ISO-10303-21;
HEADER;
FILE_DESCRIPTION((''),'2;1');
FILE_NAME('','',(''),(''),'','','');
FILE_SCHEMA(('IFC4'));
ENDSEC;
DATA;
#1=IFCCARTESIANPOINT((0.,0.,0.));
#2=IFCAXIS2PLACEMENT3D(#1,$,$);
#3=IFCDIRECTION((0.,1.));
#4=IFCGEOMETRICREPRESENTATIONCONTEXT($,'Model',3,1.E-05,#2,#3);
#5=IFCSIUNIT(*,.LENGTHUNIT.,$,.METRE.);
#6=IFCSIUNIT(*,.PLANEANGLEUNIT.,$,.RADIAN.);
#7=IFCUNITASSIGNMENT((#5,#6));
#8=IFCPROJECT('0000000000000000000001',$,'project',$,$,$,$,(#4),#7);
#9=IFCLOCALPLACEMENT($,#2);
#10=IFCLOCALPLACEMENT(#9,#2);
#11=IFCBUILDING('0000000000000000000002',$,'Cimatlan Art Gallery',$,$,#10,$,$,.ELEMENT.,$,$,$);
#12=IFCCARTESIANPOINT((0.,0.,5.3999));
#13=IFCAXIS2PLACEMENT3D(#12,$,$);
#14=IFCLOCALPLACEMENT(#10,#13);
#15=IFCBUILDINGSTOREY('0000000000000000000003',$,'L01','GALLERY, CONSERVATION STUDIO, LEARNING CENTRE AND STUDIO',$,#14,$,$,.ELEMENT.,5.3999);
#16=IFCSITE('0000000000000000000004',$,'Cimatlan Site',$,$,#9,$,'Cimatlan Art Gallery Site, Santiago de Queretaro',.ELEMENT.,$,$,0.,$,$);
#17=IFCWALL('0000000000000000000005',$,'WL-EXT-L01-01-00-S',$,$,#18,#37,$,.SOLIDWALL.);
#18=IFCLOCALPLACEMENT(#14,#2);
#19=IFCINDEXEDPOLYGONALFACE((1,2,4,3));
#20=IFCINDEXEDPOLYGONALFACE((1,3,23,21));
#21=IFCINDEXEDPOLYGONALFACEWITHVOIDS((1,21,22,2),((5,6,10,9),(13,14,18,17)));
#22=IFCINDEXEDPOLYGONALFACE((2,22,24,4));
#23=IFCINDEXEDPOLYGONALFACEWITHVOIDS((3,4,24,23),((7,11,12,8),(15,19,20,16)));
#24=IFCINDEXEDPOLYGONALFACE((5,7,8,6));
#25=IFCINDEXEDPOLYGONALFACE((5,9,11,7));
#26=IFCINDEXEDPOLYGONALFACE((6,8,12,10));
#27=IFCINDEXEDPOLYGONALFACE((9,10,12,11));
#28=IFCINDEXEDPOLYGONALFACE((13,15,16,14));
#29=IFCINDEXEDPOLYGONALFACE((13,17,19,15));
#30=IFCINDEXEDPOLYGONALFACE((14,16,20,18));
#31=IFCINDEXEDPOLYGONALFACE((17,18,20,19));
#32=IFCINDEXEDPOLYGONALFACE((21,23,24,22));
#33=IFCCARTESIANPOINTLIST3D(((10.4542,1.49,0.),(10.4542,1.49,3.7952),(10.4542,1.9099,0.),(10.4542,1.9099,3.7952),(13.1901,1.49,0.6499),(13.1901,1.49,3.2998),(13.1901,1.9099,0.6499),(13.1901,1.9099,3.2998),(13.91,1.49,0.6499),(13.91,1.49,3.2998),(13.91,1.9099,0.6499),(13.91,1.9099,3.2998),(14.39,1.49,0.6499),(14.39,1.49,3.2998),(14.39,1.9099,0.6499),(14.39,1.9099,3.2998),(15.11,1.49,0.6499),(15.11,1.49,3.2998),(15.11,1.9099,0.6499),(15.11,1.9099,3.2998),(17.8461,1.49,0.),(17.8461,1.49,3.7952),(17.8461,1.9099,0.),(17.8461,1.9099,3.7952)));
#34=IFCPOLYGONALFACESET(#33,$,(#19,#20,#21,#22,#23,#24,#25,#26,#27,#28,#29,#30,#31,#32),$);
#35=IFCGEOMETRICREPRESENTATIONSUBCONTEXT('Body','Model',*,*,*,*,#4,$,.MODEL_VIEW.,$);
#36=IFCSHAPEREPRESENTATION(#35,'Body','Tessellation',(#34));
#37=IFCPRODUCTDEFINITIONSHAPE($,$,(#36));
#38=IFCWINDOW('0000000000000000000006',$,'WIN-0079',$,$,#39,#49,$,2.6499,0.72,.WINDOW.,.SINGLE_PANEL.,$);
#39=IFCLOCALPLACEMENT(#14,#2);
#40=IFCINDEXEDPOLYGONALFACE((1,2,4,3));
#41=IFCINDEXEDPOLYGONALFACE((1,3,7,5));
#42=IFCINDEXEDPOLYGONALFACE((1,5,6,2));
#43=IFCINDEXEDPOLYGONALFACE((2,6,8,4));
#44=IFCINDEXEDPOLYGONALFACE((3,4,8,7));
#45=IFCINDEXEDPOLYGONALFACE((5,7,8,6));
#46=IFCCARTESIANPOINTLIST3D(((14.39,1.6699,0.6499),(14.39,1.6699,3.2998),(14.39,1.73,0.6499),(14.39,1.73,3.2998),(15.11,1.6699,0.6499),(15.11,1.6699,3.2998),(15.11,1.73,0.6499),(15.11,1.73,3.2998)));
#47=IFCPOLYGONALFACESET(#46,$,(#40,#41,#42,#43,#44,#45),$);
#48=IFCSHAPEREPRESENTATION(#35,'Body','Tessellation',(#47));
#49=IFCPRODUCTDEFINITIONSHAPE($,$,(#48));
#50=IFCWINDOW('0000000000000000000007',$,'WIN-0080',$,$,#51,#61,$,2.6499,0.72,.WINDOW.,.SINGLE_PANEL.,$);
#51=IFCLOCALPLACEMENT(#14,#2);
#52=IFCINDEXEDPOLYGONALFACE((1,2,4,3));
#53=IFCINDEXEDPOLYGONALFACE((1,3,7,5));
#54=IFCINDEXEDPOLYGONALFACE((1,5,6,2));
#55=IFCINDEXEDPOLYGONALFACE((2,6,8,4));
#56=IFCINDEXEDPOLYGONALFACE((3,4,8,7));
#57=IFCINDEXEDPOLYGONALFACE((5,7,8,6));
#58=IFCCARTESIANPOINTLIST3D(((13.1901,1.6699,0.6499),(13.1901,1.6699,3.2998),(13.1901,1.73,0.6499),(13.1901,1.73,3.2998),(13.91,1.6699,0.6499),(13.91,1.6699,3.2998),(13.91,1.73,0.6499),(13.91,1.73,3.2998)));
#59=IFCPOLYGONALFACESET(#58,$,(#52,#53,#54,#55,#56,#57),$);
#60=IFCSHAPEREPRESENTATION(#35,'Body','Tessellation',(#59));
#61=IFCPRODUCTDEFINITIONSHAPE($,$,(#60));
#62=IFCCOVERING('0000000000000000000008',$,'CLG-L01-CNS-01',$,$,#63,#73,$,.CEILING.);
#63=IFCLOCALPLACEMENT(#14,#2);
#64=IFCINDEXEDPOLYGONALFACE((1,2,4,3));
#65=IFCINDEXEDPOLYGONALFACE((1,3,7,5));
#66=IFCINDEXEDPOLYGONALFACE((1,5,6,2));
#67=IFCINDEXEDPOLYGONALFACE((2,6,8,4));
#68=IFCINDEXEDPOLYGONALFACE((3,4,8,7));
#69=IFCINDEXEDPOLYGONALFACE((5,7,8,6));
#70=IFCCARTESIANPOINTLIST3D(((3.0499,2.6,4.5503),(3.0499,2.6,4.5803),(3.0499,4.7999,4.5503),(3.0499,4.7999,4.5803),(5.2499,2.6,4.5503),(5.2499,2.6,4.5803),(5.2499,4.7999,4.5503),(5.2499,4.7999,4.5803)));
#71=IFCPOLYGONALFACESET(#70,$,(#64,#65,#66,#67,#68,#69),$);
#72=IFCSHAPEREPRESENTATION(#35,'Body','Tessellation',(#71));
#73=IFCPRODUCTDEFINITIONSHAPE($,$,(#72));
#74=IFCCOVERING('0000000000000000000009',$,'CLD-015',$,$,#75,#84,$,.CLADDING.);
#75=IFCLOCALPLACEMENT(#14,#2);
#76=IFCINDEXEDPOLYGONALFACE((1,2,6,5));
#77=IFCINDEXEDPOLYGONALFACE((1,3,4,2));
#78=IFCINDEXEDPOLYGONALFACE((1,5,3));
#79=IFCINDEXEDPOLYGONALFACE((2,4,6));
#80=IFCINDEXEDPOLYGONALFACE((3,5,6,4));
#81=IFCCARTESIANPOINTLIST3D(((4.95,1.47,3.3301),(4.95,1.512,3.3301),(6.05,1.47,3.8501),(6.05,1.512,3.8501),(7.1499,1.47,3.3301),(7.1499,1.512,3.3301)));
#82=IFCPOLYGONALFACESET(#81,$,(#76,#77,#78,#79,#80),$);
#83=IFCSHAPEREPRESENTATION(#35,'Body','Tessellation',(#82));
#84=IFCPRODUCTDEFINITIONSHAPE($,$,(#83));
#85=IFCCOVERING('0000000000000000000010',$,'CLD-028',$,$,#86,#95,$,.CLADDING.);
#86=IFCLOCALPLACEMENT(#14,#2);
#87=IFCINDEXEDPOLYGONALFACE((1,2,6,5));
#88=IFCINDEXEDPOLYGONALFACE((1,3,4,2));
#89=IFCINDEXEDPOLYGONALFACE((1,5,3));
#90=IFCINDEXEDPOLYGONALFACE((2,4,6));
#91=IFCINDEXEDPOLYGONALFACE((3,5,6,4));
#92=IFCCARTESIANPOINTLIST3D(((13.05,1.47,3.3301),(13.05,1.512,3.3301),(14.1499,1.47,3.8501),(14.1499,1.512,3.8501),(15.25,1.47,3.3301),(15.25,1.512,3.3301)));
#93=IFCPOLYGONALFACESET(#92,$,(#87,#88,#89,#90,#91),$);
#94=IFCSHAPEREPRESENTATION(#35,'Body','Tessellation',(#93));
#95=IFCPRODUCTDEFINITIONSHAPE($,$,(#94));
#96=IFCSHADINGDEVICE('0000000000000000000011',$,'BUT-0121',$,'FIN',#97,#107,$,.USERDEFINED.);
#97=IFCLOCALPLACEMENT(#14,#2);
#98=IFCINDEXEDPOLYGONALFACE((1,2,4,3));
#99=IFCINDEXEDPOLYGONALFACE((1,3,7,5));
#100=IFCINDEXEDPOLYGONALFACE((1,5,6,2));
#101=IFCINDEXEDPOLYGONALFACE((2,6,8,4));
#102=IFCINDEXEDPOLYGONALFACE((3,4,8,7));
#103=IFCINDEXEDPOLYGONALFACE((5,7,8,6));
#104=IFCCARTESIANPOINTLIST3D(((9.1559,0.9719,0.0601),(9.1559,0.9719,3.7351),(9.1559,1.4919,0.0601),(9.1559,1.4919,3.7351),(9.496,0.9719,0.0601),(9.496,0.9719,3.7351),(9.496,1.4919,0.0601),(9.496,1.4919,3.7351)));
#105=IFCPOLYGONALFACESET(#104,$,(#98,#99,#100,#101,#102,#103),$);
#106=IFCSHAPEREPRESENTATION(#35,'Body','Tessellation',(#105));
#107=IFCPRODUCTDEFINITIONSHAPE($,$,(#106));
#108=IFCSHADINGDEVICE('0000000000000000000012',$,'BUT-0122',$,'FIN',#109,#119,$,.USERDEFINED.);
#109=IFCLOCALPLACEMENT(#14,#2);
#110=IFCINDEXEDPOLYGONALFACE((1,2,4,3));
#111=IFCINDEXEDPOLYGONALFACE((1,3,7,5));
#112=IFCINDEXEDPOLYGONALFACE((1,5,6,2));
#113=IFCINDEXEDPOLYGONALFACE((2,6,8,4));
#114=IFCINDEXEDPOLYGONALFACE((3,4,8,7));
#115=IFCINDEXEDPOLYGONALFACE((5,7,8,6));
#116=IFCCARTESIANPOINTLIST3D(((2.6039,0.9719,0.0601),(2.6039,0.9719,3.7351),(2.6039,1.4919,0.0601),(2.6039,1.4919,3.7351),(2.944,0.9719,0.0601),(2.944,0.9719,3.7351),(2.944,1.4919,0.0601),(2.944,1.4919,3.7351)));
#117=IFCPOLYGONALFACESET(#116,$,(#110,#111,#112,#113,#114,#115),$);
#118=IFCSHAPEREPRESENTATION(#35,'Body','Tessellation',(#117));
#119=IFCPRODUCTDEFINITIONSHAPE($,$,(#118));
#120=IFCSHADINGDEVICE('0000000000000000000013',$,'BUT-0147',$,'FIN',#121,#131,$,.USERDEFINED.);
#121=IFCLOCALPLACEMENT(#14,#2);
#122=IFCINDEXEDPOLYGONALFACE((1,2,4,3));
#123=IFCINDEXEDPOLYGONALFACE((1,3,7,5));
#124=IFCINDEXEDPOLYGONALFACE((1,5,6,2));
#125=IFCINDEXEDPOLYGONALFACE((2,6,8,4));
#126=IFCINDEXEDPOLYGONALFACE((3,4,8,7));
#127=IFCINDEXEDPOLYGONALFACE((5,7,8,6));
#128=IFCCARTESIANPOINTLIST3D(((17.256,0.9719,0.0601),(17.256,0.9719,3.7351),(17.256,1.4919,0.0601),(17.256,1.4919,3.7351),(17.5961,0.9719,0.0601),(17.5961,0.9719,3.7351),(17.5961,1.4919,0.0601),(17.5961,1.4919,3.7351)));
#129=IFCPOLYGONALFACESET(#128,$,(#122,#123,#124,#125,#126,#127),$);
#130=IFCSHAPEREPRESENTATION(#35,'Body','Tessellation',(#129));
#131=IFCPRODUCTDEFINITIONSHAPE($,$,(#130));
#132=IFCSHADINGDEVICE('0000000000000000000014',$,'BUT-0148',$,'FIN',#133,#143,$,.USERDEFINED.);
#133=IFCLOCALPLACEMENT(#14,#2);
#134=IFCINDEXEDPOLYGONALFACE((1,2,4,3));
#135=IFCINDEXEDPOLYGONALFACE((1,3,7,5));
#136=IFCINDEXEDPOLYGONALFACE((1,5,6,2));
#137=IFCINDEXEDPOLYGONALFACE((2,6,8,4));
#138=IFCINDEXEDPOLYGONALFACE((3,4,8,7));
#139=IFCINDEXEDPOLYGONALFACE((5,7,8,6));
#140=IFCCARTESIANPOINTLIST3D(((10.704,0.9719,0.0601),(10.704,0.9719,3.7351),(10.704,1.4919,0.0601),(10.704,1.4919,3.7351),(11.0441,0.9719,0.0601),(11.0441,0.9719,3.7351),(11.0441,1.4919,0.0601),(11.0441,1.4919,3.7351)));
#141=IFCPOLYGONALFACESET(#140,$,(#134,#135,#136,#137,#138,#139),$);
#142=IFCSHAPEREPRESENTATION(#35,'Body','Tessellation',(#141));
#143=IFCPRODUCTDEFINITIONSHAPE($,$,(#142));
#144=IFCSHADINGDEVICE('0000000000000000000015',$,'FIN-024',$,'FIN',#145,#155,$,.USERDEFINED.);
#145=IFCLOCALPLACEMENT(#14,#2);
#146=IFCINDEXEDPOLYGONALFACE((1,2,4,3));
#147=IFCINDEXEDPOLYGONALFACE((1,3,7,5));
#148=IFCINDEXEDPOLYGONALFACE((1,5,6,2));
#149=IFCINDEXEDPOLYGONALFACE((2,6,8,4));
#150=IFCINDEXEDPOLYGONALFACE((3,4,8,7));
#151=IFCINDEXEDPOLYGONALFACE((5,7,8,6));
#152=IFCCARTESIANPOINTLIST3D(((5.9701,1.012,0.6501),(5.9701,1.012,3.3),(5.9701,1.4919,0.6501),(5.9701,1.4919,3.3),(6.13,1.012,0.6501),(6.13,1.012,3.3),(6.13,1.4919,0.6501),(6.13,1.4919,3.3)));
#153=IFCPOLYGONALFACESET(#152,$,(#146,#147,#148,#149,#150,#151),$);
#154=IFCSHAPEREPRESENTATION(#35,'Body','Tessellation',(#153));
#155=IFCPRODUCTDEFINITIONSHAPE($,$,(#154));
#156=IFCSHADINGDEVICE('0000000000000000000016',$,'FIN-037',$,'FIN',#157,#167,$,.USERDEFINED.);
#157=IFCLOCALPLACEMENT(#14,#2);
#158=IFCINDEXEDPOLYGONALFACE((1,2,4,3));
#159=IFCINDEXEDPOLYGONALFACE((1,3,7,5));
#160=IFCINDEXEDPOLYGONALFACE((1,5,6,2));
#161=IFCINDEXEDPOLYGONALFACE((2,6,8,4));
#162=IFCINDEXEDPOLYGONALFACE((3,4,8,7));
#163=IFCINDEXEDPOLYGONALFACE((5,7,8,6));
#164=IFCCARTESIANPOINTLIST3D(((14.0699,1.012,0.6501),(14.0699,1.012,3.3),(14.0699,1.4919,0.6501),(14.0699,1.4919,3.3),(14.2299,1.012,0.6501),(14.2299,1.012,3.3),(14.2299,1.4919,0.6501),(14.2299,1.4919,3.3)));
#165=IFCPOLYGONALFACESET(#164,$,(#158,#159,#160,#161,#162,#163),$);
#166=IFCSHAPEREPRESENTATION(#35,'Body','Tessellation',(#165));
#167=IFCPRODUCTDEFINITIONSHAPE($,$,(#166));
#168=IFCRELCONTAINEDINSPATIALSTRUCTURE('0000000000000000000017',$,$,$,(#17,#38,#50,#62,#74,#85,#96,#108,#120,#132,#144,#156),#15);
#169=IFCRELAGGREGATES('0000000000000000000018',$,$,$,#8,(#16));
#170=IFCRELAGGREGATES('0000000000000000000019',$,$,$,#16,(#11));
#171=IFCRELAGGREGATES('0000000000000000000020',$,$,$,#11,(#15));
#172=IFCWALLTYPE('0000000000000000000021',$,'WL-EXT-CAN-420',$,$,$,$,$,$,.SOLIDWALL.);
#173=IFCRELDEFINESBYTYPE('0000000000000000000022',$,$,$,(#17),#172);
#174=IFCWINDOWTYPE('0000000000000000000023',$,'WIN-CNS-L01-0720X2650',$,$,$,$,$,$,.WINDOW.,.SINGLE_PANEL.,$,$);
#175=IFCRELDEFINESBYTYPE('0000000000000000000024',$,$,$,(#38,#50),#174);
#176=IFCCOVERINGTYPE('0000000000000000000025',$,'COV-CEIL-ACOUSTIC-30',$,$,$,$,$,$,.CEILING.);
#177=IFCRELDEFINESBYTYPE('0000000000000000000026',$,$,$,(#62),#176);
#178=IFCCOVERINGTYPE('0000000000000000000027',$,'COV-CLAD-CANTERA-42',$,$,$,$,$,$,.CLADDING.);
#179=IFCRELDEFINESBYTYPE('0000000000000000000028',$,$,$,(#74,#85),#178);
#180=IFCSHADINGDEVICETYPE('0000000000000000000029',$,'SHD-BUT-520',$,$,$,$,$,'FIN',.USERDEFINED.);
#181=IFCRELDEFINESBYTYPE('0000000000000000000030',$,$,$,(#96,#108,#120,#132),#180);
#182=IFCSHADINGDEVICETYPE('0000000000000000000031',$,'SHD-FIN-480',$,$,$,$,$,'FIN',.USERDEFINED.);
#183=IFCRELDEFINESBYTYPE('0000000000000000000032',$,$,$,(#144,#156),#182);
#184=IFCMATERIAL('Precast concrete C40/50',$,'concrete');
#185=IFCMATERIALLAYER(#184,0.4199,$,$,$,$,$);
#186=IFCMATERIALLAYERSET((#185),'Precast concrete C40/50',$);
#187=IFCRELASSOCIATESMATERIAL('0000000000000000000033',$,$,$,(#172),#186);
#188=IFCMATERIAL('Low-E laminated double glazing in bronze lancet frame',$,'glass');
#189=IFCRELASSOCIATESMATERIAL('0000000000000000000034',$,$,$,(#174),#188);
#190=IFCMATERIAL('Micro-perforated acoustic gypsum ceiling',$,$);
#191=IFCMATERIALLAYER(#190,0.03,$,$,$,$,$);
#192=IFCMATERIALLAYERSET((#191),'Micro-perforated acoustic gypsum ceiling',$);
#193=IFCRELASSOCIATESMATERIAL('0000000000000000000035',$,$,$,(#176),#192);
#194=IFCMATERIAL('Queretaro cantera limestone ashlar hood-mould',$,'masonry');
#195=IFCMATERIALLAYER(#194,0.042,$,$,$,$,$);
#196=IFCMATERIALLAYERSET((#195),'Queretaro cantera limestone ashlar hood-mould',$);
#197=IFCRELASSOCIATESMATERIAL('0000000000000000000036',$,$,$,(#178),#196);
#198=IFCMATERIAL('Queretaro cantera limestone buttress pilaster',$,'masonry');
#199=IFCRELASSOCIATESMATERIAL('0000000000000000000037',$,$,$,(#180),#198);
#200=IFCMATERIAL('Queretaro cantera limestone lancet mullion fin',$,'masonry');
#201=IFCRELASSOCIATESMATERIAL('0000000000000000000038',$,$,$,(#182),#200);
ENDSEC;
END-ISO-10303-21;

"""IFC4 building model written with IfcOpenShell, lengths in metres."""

from ifc_helpers import new_model, si_unit, direction, frame, frame_2d, origin, origin_2d, place, context, subcontext, project, spatial, polyline, rectangle, outline, extrude, material, layer, layer_set, type_object, element, fill, save


model = new_model("IFC4")

# Units and contexts
model_context = context("Model", 3, precision=1e-05, world=origin(), true_north=direction((0.0, 1.0)))
body_context = subcontext(model_context, "Body", "Model", "MODEL_VIEW")
ifc_project = project(units=[si_unit("LENGTHUNIT", "METRE"), si_unit("PLANEANGLEUNIT", "RADIAN")], contexts=[model_context])

# Site, building, storey
site_placement = place(None, origin())
site = spatial("IfcSite", under=ifc_project, at=site_placement, Name="Cimatlan Site", LongName="Cimatlan Art Gallery Site, Santiago de Queretaro", CompositionType="ELEMENT", RefElevation=0.0)
building_placement = place(site_placement, origin())
building = spatial("IfcBuilding", under=site, at=building_placement, Name="Cimatlan Art Gallery", CompositionType="ELEMENT")
storey_placement = place(building_placement, frame((0.0, 0.0, 5.3999)))
storey = spatial("IfcBuildingStorey", under=building, at=storey_placement, Name="L01", Description="GALLERY, CONSERVATION STUDIO, LEARNING CENTRE AND STUDIO", CompositionType="ELEMENT", Elevation=5.3999)

# Wall, openings, windows
ifc_material_1 = material(Name="Precast concrete C40/50", Category="concrete")
ifc_layer_1 = layer(ifc_material_1, 0.4199)
ifc_layer_set_1 = layer_set([ifc_layer_1], Name="Precast concrete C40/50")
wall_type = type_object("IfcWallType", Name="WL-EXT-CAN-420", PredefinedType="SOLIDWALL", material=ifc_layer_set_1)
ifc_material_2 = material(Name="Low-E laminated double glazing in bronze lancet frame", Category="glass")
window_type = type_object("IfcWindowType", Name="WIN-CNS-L01-0720X2650", PartitioningType="SINGLE_PANEL", PredefinedType="WINDOW", material=ifc_material_2)
wall_1_placement = place(storey_placement, frame((17.8459, 1.7, 0.0), z_axis=(0.0, 0.0, 1.0), x_axis=(-1.0, 0.0, 0.0)))
wall_1 = element("IfcWall", 1, at=wall_1_placement, inside=storey, type_object=wall_type, Name="WL-EXT-L01-01-00-S", PredefinedType="SOLIDWALL", context=body_context, shape_type="SweptSolid", body=[
    extrude(rectangle(XDim=7.3918, YDim=0.4199, at=frame_2d((3.6958, 0.0))), origin(), (0.0, 0.0, 1.0), 3.7952),
])
opening_1_placement = place(wall_1_placement, frame((2.7361, 0.0, 0.6499)))
opening_1 = element("IfcOpeningElement", 2, at=opening_1_placement, cuts=wall_1, PredefinedType="OPENING", context=body_context, shape_type="SweptSolid", body=[
    extrude(rectangle(XDim=0.72, YDim=2.6499, at=frame_2d((0.3599, 1.325))), frame((0.0, 0.22, 0.0), z_axis=(0.0, -1.0, 0.0), x_axis=(1.0, 0.0, 0.0)), (0.0, 0.0, 1.0), 0.4399),
])
opening_2_placement = place(wall_1_placement, frame((3.936, 0.0, 0.6499)))
opening_2 = element("IfcOpeningElement", 3, at=opening_2_placement, cuts=wall_1, PredefinedType="OPENING", context=body_context, shape_type="SweptSolid", body=[
    extrude(rectangle(XDim=0.72, YDim=2.6499, at=frame_2d((0.3599, 1.325))), frame((0.0, 0.22, 0.0), z_axis=(0.0, -1.0, 0.0), x_axis=(1.0, 0.0, 0.0)), (0.0, 0.0, 1.0), 0.4399),
])
window_1_placement = place(opening_1_placement, origin())
window_1 = element("IfcWindow", 4, at=window_1_placement, inside=storey, type_object=window_type, Name="WIN-0079", OverallHeight=2.6499, OverallWidth=0.72, PartitioningType="SINGLE_PANEL", PredefinedType="WINDOW", context=body_context, shape_type="SweptSolid", body=[
    extrude(rectangle(XDim=0.72, YDim=2.6499, at=frame_2d((0.3599, 1.325))), frame((0.0, 0.03, 0.0), z_axis=(0.0, -1.0, 0.0), x_axis=(1.0, 0.0, 0.0)), (0.0, 0.0, 1.0), 0.0601),
])
fill(opening_1, window_1)
window_2_placement = place(opening_2_placement, origin())
window_2 = element("IfcWindow", 5, at=window_2_placement, inside=storey, type_object=window_type, Name="WIN-0080", OverallHeight=2.6499, OverallWidth=0.72, PartitioningType="SINGLE_PANEL", PredefinedType="WINDOW", context=body_context, shape_type="SweptSolid", body=[
    extrude(rectangle(XDim=0.72, YDim=2.6499, at=frame_2d((0.3599, 1.325))), frame((0.0, 0.03, 0.0), z_axis=(0.0, -1.0, 0.0), x_axis=(1.0, 0.0, 0.0)), (0.0, 0.0, 1.0), 0.0601),
])
fill(opening_2, window_2)

# Coverings
ifc_material_3 = material(Name="Micro-perforated acoustic gypsum ceiling")
ifc_layer_2 = layer(ifc_material_3, 0.03)
ifc_layer_set_2 = layer_set([ifc_layer_2], Name="Micro-perforated acoustic gypsum ceiling")
covering_type_1 = type_object("IfcCoveringType", Name="COV-CEIL-ACOUSTIC-30", PredefinedType="CEILING", material=ifc_layer_set_2)
covering_1_placement = place(storey_placement, frame((4.1499, 3.7, 4.5503), z_axis=(0.0, 0.0, 1.0), x_axis=(1.0, 0.0, 0.0)))
element("IfcCovering", 6, at=covering_1_placement, inside=storey, type_object=covering_type_1, Name="CLG-L01-CNS-01", PredefinedType="CEILING", context=body_context, shape_type="SweptSolid", body=[
    extrude(rectangle(XDim=2.2, YDim=2.2, at=origin_2d()), origin(), (0.0, 0.0, 1.0), 0.03),
])
ifc_material_4 = material(Name="Queretaro cantera limestone ashlar hood-mould", Category="masonry")
ifc_layer_3 = layer(ifc_material_4, 0.042)
ifc_layer_set_3 = layer_set([ifc_layer_3], Name="Queretaro cantera limestone ashlar hood-mould")
covering_type_2 = type_object("IfcCoveringType", Name="COV-CLAD-CANTERA-42", PredefinedType="CLADDING", material=ifc_layer_set_3)
covering_2_placement = place(storey_placement, frame((7.1499, 1.512, 3.3301), z_axis=(0.0, 1.0, 0.0), x_axis=(-1.0, 0.0, 0.0)))
element("IfcCovering", 7, at=covering_2_placement, inside=storey, type_object=covering_type_2, Name="CLD-015", PredefinedType="CLADDING", context=body_context, shape_type="SweptSolid", body=[
    extrude(outline(polyline([(0.0, 0.0), (2.2, 0.0), (1.0999, 0.52), (0.0, 0.0)])), origin(), (0.0, 0.0, -1.0), 0.042),
])
covering_3_placement = place(storey_placement, frame((15.25, 1.512, 3.3301), z_axis=(0.0, 1.0, 0.0), x_axis=(-1.0, 0.0, 0.0)))
element("IfcCovering", 8, at=covering_3_placement, inside=storey, type_object=covering_type_2, Name="CLD-028", PredefinedType="CLADDING", context=body_context, shape_type="SweptSolid", body=[
    extrude(outline(polyline([(0.0, 0.0), (2.2, 0.0), (1.1001, 0.52), (0.0, 0.0)])), origin(), (0.0, 0.0, -1.0), 0.042),
])

# Shading devices
ifc_material_5 = material(Name="Queretaro cantera limestone buttress pilaster", Category="masonry")
shading_device_type_1 = type_object("IfcShadingDeviceType", Name="SHD-BUT-520", ElementType="FIN", PredefinedType="USERDEFINED", material=ifc_material_5)
for number, where, z_axis, x_axis, name in (
    (9, (9.3259, 1.2319, 0.0601), (0.0, 0.0, 1.0), (-1.0, 0.0, 0.0), "BUT-0121"),
    (10, (2.7739, 1.2319, 0.0601), (0.0, 0.0, 1.0), (-1.0, 0.0, 0.0), "BUT-0122"),
    (11, (17.426, 1.2319, 0.0601), (0.0, 0.0, 1.0), (-1.0, 0.0, 0.0), "BUT-0147"),
    (12, (10.874, 1.2319, 0.0601), (0.0, 0.0, 1.0), (-1.0, 0.0, 0.0), "BUT-0148"),
):
    element("IfcShadingDevice", number, at=place(storey_placement, frame(where, z_axis=z_axis, x_axis=x_axis)), inside=storey, type_object=shading_device_type_1, Name=name, ObjectType="FIN", PredefinedType="USERDEFINED", context=body_context, shape_type="SweptSolid", body=[
        extrude(rectangle(XDim=0.3401, YDim=0.52, at=origin_2d()), origin(), (0.0, 0.0, 1.0), 3.675),
    ])
ifc_material_6 = material(Name="Queretaro cantera limestone lancet mullion fin", Category="masonry")
shading_device_type_2 = type_object("IfcShadingDeviceType", Name="SHD-FIN-480", ElementType="FIN", PredefinedType="USERDEFINED", material=ifc_material_6)
for number, where, z_axis, x_axis, name in (
    (13, (6.05, 1.252, 0.6501), (0.0, 0.0, 1.0), (-1.0, 0.0, 0.0), "FIN-024"),
    (14, (14.1499, 1.252, 0.6501), (0.0, 0.0, 1.0), (-1.0, 0.0, 0.0), "FIN-037"),
):
    element("IfcShadingDevice", number, at=place(storey_placement, frame(where, z_axis=z_axis, x_axis=x_axis)), inside=storey, type_object=shading_device_type_2, Name=name, ObjectType="FIN", PredefinedType="USERDEFINED", context=body_context, shape_type="SweptSolid", body=[
        extrude(rectangle(XDim=0.1599, YDim=0.48, at=origin_2d()), origin(), (0.0, 0.0, 1.0), 2.6499),
    ])

save(model, "model.ifc")
